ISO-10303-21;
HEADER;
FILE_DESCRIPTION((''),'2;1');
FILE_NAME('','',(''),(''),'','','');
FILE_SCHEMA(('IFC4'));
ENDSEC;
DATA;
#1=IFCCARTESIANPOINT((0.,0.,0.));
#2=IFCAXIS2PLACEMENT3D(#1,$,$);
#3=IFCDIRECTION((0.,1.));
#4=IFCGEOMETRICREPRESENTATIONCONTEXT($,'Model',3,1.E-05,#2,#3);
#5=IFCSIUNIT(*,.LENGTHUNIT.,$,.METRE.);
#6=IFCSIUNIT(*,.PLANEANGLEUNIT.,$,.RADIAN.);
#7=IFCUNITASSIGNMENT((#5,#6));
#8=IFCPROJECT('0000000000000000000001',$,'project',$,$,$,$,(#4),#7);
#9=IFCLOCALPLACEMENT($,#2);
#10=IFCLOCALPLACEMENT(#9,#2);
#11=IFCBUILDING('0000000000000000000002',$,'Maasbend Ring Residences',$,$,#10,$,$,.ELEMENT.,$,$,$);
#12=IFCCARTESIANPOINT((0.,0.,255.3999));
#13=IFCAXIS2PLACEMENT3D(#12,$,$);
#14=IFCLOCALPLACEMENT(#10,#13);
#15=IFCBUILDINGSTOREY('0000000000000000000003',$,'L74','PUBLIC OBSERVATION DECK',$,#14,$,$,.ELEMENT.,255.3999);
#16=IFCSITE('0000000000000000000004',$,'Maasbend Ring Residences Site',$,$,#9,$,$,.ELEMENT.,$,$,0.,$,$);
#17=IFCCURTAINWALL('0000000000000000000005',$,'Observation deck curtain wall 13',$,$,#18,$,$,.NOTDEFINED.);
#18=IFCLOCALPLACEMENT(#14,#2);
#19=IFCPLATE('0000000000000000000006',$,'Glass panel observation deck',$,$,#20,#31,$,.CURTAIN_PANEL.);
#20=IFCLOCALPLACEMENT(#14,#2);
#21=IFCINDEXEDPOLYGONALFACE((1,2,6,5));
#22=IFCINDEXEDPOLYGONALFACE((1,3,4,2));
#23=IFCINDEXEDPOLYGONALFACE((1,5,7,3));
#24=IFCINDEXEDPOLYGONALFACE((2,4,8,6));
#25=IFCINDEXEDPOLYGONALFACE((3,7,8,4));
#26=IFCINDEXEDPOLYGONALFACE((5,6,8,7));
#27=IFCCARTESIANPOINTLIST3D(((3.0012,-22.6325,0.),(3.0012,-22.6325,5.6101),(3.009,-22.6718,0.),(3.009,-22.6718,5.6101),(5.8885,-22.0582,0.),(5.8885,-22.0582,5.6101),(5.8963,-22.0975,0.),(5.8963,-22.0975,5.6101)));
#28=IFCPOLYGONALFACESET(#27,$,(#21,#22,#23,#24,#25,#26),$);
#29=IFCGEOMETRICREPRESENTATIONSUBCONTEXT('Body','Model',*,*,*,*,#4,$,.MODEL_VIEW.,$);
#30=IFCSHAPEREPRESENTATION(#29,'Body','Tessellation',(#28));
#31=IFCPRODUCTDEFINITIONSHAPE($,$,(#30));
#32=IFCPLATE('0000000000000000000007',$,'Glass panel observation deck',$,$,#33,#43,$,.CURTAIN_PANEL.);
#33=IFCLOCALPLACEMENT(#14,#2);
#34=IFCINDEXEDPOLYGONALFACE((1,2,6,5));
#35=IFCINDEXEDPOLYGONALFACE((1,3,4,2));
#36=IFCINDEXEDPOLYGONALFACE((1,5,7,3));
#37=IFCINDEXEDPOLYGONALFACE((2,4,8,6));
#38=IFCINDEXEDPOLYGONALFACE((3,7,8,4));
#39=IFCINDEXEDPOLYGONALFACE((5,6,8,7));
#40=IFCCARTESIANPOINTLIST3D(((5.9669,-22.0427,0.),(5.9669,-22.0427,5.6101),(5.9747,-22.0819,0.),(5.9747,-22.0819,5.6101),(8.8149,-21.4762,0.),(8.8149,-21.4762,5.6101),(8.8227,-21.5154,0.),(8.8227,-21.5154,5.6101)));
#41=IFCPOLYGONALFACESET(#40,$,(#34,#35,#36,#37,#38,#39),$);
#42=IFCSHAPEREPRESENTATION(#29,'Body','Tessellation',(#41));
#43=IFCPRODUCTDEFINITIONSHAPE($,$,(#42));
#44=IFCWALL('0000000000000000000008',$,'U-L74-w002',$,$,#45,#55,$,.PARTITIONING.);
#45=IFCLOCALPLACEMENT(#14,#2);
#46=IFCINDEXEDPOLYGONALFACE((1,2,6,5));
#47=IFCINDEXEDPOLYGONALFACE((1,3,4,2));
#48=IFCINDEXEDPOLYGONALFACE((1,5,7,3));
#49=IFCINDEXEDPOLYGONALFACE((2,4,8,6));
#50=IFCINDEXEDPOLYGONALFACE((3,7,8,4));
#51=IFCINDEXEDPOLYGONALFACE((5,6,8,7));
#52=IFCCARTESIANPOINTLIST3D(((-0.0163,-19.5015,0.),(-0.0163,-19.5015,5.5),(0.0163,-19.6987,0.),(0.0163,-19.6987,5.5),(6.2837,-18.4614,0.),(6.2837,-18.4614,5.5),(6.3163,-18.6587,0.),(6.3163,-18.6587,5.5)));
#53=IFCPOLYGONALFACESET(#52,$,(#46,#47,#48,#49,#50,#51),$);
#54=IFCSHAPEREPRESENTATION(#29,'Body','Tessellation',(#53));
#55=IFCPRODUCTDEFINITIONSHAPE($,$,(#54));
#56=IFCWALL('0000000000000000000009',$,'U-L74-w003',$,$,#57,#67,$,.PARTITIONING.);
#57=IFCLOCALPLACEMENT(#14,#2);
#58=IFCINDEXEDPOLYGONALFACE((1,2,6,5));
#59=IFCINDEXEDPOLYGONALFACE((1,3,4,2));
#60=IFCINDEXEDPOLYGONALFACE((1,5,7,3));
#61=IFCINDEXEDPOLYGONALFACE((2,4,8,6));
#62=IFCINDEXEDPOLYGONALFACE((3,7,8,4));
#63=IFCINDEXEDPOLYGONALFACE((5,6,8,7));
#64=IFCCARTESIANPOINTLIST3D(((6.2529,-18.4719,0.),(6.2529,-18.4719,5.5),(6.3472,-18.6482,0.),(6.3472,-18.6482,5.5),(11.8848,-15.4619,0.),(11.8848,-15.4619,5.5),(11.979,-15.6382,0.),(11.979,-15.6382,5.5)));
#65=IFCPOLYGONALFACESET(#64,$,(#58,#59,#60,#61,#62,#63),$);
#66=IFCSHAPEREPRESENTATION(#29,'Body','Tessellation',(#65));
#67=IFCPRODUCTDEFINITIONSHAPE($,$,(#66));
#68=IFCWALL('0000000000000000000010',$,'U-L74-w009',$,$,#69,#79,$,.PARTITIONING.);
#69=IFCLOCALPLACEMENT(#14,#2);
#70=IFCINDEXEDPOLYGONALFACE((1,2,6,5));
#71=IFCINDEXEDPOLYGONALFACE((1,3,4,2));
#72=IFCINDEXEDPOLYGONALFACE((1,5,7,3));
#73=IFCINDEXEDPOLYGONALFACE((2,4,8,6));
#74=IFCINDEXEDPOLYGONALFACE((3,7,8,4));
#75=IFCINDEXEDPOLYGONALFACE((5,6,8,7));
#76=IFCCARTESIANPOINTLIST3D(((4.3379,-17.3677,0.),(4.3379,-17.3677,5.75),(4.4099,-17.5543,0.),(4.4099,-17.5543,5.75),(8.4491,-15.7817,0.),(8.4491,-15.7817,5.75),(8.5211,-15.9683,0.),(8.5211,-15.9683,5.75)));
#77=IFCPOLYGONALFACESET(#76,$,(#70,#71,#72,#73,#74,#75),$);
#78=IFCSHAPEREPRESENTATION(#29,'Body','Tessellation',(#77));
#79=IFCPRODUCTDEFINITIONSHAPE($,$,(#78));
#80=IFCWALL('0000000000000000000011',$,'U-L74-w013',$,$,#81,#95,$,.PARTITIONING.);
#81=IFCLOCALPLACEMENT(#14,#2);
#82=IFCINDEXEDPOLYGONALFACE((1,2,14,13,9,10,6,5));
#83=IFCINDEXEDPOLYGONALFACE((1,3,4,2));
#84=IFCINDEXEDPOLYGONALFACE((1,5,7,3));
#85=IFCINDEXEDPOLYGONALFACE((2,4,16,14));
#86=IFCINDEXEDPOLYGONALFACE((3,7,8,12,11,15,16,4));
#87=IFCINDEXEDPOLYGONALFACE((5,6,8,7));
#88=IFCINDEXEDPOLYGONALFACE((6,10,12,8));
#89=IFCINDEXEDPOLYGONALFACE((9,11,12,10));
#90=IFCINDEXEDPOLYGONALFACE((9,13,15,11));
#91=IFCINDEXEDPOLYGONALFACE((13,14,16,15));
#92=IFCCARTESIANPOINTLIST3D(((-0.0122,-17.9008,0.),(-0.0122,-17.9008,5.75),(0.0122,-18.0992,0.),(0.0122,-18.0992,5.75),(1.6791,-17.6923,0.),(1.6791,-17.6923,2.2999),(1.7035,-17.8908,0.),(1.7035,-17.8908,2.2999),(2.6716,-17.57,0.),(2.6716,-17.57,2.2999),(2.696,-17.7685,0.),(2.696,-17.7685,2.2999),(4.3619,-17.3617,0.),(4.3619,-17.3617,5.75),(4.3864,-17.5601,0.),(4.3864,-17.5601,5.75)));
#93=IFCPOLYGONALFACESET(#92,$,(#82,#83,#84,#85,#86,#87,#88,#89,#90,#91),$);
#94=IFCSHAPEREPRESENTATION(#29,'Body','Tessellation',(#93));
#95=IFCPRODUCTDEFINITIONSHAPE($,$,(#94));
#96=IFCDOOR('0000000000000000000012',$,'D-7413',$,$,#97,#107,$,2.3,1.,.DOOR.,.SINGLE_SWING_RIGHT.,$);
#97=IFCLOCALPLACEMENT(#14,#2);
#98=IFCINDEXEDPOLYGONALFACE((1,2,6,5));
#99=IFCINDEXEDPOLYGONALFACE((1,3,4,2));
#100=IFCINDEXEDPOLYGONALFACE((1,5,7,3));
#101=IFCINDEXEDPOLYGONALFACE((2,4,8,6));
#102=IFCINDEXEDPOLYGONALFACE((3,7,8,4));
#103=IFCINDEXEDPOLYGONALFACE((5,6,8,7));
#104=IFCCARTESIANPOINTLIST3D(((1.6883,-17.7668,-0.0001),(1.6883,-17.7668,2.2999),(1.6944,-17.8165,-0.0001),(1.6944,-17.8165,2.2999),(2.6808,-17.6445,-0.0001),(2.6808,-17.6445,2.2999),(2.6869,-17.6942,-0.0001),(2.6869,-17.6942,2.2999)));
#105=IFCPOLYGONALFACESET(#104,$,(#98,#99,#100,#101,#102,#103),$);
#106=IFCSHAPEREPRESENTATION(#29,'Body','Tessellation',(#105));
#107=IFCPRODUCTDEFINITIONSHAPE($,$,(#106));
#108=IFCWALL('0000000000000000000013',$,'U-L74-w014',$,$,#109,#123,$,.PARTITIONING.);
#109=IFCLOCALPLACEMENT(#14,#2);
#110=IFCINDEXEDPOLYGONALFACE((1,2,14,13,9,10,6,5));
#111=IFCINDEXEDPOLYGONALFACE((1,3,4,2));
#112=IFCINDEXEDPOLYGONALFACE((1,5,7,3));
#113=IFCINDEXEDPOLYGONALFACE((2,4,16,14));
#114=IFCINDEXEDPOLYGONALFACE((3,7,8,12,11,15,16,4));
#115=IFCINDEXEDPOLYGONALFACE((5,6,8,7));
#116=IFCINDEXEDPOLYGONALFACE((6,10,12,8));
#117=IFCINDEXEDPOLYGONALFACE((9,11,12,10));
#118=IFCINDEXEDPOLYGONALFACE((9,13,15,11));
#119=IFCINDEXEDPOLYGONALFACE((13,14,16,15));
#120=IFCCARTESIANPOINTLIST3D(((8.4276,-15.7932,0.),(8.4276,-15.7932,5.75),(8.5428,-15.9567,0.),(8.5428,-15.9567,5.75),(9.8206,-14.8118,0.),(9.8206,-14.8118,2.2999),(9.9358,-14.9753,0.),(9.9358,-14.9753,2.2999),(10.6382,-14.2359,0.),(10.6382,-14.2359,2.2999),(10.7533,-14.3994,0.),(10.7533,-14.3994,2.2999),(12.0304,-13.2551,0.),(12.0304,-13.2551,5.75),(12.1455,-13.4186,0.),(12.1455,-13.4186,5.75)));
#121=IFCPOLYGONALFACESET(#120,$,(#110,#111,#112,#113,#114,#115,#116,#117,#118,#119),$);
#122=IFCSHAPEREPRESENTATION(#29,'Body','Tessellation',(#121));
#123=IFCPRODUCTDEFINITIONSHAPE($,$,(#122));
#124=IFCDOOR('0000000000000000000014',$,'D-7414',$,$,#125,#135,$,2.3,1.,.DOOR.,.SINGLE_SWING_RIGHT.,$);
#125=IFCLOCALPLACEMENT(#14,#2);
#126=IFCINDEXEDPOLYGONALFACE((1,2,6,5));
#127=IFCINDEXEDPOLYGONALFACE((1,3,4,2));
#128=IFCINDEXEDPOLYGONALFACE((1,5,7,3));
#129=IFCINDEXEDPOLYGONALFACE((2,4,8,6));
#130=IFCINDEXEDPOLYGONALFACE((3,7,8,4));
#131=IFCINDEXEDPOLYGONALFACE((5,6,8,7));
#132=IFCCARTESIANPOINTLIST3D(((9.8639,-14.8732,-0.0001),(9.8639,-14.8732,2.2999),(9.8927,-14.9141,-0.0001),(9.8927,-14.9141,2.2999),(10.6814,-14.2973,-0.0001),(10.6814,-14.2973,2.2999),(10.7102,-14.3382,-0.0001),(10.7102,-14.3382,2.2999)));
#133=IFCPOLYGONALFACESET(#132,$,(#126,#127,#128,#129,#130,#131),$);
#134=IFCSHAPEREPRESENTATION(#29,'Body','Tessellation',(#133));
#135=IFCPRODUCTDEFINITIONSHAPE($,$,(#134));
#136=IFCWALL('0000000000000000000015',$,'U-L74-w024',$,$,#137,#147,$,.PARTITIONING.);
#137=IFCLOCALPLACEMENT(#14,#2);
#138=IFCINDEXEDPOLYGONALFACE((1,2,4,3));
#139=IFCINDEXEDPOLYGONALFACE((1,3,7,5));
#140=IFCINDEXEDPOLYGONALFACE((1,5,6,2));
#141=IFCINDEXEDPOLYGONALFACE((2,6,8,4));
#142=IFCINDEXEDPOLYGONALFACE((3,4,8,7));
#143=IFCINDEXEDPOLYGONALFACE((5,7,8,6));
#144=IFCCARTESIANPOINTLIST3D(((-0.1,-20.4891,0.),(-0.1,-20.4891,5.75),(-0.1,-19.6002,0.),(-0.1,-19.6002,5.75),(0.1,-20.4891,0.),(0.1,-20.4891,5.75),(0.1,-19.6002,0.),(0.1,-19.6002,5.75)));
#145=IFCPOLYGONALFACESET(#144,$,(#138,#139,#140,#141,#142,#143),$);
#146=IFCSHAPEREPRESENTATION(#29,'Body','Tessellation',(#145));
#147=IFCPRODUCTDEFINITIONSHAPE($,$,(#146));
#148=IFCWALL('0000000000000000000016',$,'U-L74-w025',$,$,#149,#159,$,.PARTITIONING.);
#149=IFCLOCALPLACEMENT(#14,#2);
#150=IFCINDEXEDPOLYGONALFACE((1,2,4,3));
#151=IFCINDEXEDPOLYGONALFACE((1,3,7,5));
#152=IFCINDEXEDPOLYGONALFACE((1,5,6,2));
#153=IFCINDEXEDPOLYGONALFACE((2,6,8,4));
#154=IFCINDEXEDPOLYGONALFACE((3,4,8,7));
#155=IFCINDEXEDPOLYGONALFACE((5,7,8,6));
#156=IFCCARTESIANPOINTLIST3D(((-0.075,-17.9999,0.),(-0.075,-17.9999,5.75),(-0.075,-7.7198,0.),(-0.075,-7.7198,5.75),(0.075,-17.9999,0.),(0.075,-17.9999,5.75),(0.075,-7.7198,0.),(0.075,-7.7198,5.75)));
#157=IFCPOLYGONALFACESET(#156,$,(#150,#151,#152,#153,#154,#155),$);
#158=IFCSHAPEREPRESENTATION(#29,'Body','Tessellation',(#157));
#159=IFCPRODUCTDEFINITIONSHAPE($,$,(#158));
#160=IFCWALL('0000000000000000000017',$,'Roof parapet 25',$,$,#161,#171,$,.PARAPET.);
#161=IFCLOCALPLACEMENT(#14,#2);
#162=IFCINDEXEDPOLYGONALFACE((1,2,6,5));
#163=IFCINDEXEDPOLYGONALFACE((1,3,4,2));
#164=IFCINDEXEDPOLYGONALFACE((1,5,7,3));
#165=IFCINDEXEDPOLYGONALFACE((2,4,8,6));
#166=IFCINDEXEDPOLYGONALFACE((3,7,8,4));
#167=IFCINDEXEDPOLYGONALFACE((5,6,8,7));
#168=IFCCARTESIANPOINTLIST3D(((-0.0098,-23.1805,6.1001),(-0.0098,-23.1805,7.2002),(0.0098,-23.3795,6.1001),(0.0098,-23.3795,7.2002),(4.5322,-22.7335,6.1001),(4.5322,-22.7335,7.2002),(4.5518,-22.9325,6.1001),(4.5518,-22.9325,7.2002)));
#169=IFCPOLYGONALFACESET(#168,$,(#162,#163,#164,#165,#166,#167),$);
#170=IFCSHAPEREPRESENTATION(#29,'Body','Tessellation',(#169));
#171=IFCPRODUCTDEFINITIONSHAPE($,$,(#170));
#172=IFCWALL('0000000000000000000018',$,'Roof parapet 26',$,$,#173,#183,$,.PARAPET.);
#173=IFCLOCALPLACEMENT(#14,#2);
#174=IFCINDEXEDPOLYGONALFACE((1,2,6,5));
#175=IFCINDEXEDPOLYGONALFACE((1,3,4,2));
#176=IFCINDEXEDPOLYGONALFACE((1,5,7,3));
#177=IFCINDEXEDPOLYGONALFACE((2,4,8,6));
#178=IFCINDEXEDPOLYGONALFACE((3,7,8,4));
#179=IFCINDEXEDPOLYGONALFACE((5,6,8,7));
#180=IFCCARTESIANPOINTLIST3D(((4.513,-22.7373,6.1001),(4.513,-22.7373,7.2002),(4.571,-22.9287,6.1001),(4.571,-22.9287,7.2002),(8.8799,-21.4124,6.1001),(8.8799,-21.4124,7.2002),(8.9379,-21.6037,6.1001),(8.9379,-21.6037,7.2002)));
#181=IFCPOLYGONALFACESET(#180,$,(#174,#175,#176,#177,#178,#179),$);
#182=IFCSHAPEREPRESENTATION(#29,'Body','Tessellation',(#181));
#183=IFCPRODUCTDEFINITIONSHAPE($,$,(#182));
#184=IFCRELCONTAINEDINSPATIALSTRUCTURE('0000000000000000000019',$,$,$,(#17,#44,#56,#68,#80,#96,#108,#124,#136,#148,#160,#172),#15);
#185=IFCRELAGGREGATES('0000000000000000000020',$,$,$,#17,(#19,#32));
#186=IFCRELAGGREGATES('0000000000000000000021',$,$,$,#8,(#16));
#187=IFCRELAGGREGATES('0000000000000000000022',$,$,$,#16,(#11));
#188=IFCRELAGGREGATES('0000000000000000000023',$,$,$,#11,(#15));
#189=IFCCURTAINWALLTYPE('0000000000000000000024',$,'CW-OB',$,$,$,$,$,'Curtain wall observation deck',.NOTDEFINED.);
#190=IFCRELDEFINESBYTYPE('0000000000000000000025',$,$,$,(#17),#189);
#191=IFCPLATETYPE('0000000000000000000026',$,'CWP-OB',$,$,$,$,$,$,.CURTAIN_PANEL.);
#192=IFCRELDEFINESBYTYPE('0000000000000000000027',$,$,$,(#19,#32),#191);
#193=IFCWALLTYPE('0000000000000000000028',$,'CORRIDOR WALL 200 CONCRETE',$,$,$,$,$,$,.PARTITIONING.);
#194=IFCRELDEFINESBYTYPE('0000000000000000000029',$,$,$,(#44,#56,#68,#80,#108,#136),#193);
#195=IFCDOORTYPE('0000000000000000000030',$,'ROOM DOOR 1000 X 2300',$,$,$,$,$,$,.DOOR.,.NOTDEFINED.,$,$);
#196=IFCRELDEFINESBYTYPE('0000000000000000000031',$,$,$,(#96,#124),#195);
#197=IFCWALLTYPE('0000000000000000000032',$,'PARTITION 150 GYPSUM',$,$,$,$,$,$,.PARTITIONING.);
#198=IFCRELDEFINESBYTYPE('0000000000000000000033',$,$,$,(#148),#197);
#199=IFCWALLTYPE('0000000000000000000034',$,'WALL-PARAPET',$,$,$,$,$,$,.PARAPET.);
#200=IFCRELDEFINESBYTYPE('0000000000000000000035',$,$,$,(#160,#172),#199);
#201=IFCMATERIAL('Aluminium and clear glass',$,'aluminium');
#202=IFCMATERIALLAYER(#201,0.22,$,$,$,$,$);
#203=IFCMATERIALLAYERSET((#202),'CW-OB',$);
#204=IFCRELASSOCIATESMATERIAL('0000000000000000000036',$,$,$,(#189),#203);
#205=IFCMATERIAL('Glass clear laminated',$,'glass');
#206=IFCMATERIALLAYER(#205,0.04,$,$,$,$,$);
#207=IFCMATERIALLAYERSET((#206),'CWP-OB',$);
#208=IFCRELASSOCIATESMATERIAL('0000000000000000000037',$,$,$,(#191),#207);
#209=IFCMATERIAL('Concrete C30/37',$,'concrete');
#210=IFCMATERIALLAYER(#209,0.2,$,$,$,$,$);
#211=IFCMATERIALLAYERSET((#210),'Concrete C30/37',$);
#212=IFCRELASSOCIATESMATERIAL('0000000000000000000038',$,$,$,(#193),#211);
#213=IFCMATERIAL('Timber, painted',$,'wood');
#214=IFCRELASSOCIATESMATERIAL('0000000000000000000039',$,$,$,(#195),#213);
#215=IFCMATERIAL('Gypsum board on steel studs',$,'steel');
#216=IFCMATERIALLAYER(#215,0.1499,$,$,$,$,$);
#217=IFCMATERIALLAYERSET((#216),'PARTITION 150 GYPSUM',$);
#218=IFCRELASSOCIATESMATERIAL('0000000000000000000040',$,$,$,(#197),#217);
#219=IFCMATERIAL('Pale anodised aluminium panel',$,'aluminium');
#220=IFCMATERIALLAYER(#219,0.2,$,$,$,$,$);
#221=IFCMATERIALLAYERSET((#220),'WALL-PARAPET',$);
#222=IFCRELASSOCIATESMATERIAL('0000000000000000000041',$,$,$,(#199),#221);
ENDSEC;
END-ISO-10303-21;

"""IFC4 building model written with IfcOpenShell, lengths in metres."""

from ifc_helpers import new_model, si_unit, direction, frame, frame_2d, origin, origin_2d, place, context, subcontext, project, spatial, rectangle, extrude, material, layer, layer_set, type_object, element, fill, aggregate, save


model = new_model("IFC4")

# Units and contexts
model_context = context("Model", 3, precision=1e-05, world=origin(), true_north=direction((0.0, 1.0)))
body_context = subcontext(model_context, "Body", "Model", "MODEL_VIEW")
ifc_project = project(units=[si_unit("LENGTHUNIT", "METRE"), si_unit("PLANEANGLEUNIT", "RADIAN")], contexts=[model_context])

# Site, building, storey
site_placement = place(None, origin())
site = spatial("IfcSite", under=ifc_project, at=site_placement, Name="Maasbend Ring Residences Site", CompositionType="ELEMENT", RefElevation=0.0)
building_placement = place(site_placement, origin())
building = spatial("IfcBuilding", under=site, at=building_placement, Name="Maasbend Ring Residences", CompositionType="ELEMENT")
storey_placement = place(building_placement, frame((0.0, 0.0, 255.3999)))
storey = spatial("IfcBuildingStorey", under=building, at=storey_placement, Name="L74", Description="PUBLIC OBSERVATION DECK", CompositionType="ELEMENT", Elevation=255.3999)

# Curtain wall
ifc_material_1 = material(Name="Aluminium and clear glass", Category="aluminium")
ifc_layer_1 = layer(ifc_material_1, 0.22)
ifc_layer_set_1 = layer_set([ifc_layer_1], Name="CW-OB")
curtain_wall_type = type_object("IfcCurtainWallType", Name="CW-OB", ElementType="Curtain wall observation deck", PredefinedType="NOTDEFINED", material=ifc_layer_set_1)
curtain_wall_placement = place(storey_placement, origin())
curtain_wall = element("IfcCurtainWall", 1, at=curtain_wall_placement, inside=storey, type_object=curtain_wall_type, Name="Observation deck curtain wall 13", PredefinedType="NOTDEFINED")

# Plates
ifc_material_2 = material(Name="Glass clear laminated", Category="glass")
ifc_layer_2 = layer(ifc_material_2, 0.04)
ifc_layer_set_2 = layer_set([ifc_layer_2], Name="CWP-OB")
plate_type = type_object("IfcPlateType", Name="CWP-OB", PredefinedType="CURTAIN_PANEL", material=ifc_layer_set_2)
plate_1_placement = place(storey_placement, frame((4.4487, -22.365, 0.0), z_axis=(0.0, 0.0, 1.0), x_axis=(0.980785, 0.19509, 0.0)))
plate_1 = element("IfcPlate", 2, at=plate_1_placement, type_object=plate_type, Name="Glass panel observation deck", PredefinedType="CURTAIN_PANEL", context=body_context, shape_type="SweptSolid", body=[
    extrude(rectangle(XDim=2.9438, YDim=0.04, at=origin_2d()), origin(), (0.0, 0.0, 1.0), 5.6101),
])
plate_2_placement = place(storey_placement, frame((7.3948, -21.7791, 0.0), z_axis=(0.0, 0.0, 1.0), x_axis=(0.980785, 0.19509, 0.0)))
plate_2 = element("IfcPlate", 3, at=plate_2_placement, type_object=plate_type, Name="Glass panel observation deck", PredefinedType="CURTAIN_PANEL", context=body_context, shape_type="SweptSolid", body=[
    extrude(rectangle(XDim=2.9038, YDim=0.04, at=origin_2d()), origin(), (0.0, 0.0, 1.0), 5.6101),
])
aggregate(curtain_wall, [plate_1, plate_2])

# Walls
ifc_material_3 = material(Name="Concrete C30/37", Category="concrete")
ifc_layer_3 = layer(ifc_material_3, 0.2)
ifc_layer_set_3 = layer_set([ifc_layer_3], Name="Concrete C30/37")
wall_type_1 = type_object("IfcWallType", Name="CORRIDOR WALL 200 CONCRETE", PredefinedType="PARTITIONING", material=ifc_layer_set_3)
wall_1_placement = place(storey_placement, frame((0.0, -19.6001, 0.0), z_axis=(0.0, 0.0, 1.0), x_axis=(0.986646, 0.16288, 0.0)))
element("IfcWall", 4, at=wall_1_placement, inside=storey, type_object=wall_type_1, Name="U-L74-w002", PredefinedType="PARTITIONING", context=body_context, shape_type="SweptSolid", body=[
    extrude(rectangle(XDim=6.3853, YDim=0.2, at=frame_2d((3.1926, 0.0))), origin(), (0.0, 0.0, 1.0), 5.5),
])
wall_2_placement = place(storey_placement, frame((6.3, -18.5601, 0.0), z_axis=(0.0, 0.0, 1.0), x_axis=(0.881939, 0.471364, 0.0)))
element("IfcWall", 5, at=wall_2_placement, inside=storey, type_object=wall_type_1, Name="U-L74-w003", PredefinedType="PARTITIONING", context=body_context, shape_type="SweptSolid", body=[
    extrude(rectangle(XDim=6.3857, YDim=0.2, at=frame_2d((3.1929, 0.0))), origin(), (0.0, 0.0, 1.0), 5.5),
])
wall_3_placement = place(storey_placement, frame((4.374, -17.4609, 0.0), z_axis=(0.0, 0.0, 1.0), x_axis=(0.932984, 0.359918, 0.0)))
element("IfcWall", 6, at=wall_3_placement, inside=storey, type_object=wall_type_1, Name="U-L74-w009", PredefinedType="PARTITIONING", context=body_context, shape_type="SweptSolid", body=[
    extrude(rectangle(XDim=4.4065, YDim=0.2, at=frame_2d((2.2031, 0.0))), origin(), (0.0, 0.0, 1.0), 5.75),
])

# Walls, openings, doors
wall_4_placement = place(storey_placement, frame((0.0, -18.0, 0.0), z_axis=(0.0, 0.0, 1.0), x_axis=(0.992491, 0.122316, 0.0)))
wall_4 = element("IfcWall", 7, at=wall_4_placement, inside=storey, type_object=wall_type_1, Name="U-L74-w013", PredefinedType="PARTITIONING", context=body_context, shape_type="SweptSolid", body=[
    extrude(rectangle(XDim=4.4072, YDim=0.2, at=frame_2d((2.2036, 0.0))), origin(), (0.0, 0.0, 1.0), 5.75),
])
opening_1_placement = place(wall_4_placement, frame((1.7041, 0.0, 0.0)))
opening_1 = element("IfcOpeningElement", 8, at=opening_1_placement, cuts=wall_4, PredefinedType="OPENING", context=body_context, shape_type="SweptSolid", body=[
    extrude(rectangle(XDim=1.0, YDim=2.3, at=frame_2d((0.5, 1.1499))), frame((0.0, 0.1099, 0.0), z_axis=(0.0, -1.0, 0.0), x_axis=(1.0, 0.0, 0.0)), (0.0, 0.0, 1.0), 0.22),
])
ifc_material_4 = material(Name="Timber, painted", Category="wood")
door_type = type_object("IfcDoorType", Name="ROOM DOOR 1000 X 2300", OperationType="NOTDEFINED", PredefinedType="DOOR", material=ifc_material_4)
door_1_placement = place(opening_1_placement, origin())
door_1 = element("IfcDoor", 9, at=door_1_placement, inside=storey, type_object=door_type, Name="D-7413", OperationType="SINGLE_SWING_RIGHT", OverallHeight=2.3, OverallWidth=1.0, PredefinedType="DOOR", context=body_context, shape_type="SweptSolid", body=[
    extrude(rectangle(XDim=1.0, YDim=2.3, at=frame_2d((0.5, 1.1499))), frame((0.0, 0.0249, 0.0), z_axis=(0.0, -1.0, 0.0), x_axis=(1.0, 0.0, 0.0)), (0.0, 0.0, 1.0), 0.05),
])
fill(opening_1, door_1)
wall_5_placement = place(storey_placement, frame((8.4851, -15.875, 0.0), z_axis=(0.0, 0.0, 1.0), x_axis=(0.817508, 0.575917, 0.0)))
wall_5 = element("IfcWall", 10, at=wall_5_placement, inside=storey, type_object=wall_type_1, Name="U-L74-w014", PredefinedType="PARTITIONING", context=body_context, shape_type="SweptSolid", body=[
    extrude(rectangle(XDim=4.407, YDim=0.2, at=frame_2d((2.2036, 0.0))), origin(), (0.0, 0.0, 1.0), 5.75),
])
opening_2_placement = place(wall_5_placement, frame((1.7041, 0.0, 0.0)))
opening_2 = element("IfcOpeningElement", 11, at=opening_2_placement, cuts=wall_5, PredefinedType="OPENING", context=body_context, shape_type="SweptSolid", body=[
    extrude(rectangle(XDim=1.0, YDim=2.3, at=frame_2d((0.5, 1.1499))), frame((0.0, 0.1099, 0.0), z_axis=(0.0, -1.0, 0.0), x_axis=(1.0, 0.0, 0.0)), (0.0, 0.0, 1.0), 0.22),
])
door_2_placement = place(opening_2_placement, origin())
door_2 = element("IfcDoor", 12, at=door_2_placement, inside=storey, type_object=door_type, Name="D-7414", OperationType="SINGLE_SWING_RIGHT", OverallHeight=2.3, OverallWidth=1.0, PredefinedType="DOOR", context=body_context, shape_type="SweptSolid", body=[
    extrude(rectangle(XDim=1.0, YDim=2.3, at=frame_2d((0.5, 1.1499))), frame((0.0, 0.0249, 0.0), z_axis=(0.0, -1.0, 0.0), x_axis=(1.0, 0.0, 0.0)), (0.0, 0.0, 1.0), 0.05),
])
fill(opening_2, door_2)

# Walls
wall_6_placement = place(storey_placement, frame((0.0, -20.489, 0.0), z_axis=(0.0, 0.0, 1.0), x_axis=(0.0, 1.0, 0.0)))
element("IfcWall", 13, at=wall_6_placement, inside=storey, type_object=wall_type_1, Name="U-L74-w024", PredefinedType="PARTITIONING", context=body_context, shape_type="SweptSolid", body=[
    extrude(rectangle(XDim=0.8889, YDim=0.2, at=frame_2d((0.4443, 0.0))), origin(), (0.0, 0.0, 1.0), 5.75),
])
ifc_material_5 = material(Name="Gypsum board on steel studs", Category="steel")
ifc_layer_4 = layer(ifc_material_5, 0.1499)
ifc_layer_set_4 = layer_set([ifc_layer_4], Name="PARTITION 150 GYPSUM")
wall_type_2 = type_object("IfcWallType", Name="PARTITION 150 GYPSUM", PredefinedType="PARTITIONING", material=ifc_layer_set_4)
wall_7_placement = place(storey_placement, frame((0.0, -18.0, 0.0), z_axis=(0.0, 0.0, 1.0), x_axis=(0.0, 1.0, 0.0)))
element("IfcWall", 14, at=wall_7_placement, inside=storey, type_object=wall_type_2, Name="U-L74-w025", PredefinedType="PARTITIONING", context=body_context, shape_type="SweptSolid", body=[
    extrude(rectangle(XDim=10.28, YDim=0.1499, at=frame_2d((5.1401, 0.0))), origin(), (0.0, 0.0, 1.0), 5.75),
])
ifc_material_6 = material(Name="Pale anodised aluminium panel", Category="aluminium")
ifc_layer_5 = layer(ifc_material_6, 0.2)
ifc_layer_set_5 = layer_set([ifc_layer_5], Name="WALL-PARAPET")
wall_type_3 = type_object("IfcWallType", Name="WALL-PARAPET", PredefinedType="PARAPET", material=ifc_layer_set_5)
wall_8_placement = place(storey_placement, frame((0.0, -23.28, 6.1001), z_axis=(0.0, 0.0, 1.0), x_axis=(0.995192, 0.097946, 0.0)))
element("IfcWall", 15, at=wall_8_placement, inside=storey, type_object=wall_type_3, Name="Roof parapet 25", PredefinedType="PARAPET", context=body_context, shape_type="SweptSolid", body=[
    extrude(rectangle(XDim=4.564, YDim=0.2, at=frame_2d((2.282, 0.0))), origin(), (0.0, 0.0, 1.0), 1.1001),
])
wall_9_placement = place(storey_placement, frame((4.542, -22.833, 6.1001), z_axis=(0.0, 0.0, 1.0), x_axis=(0.956925, 0.290336, 0.0)))
element("IfcWall", 16, at=wall_9_placement, inside=storey, type_object=wall_type_3, Name="Roof parapet 26", PredefinedType="PARAPET", context=body_context, shape_type="SweptSolid", body=[
    extrude(rectangle(XDim=4.5635, YDim=0.2, at=frame_2d((2.2817, 0.0))), origin(), (0.0, 0.0, 1.0), 1.1001),
])

save(model, "model.ifc")
